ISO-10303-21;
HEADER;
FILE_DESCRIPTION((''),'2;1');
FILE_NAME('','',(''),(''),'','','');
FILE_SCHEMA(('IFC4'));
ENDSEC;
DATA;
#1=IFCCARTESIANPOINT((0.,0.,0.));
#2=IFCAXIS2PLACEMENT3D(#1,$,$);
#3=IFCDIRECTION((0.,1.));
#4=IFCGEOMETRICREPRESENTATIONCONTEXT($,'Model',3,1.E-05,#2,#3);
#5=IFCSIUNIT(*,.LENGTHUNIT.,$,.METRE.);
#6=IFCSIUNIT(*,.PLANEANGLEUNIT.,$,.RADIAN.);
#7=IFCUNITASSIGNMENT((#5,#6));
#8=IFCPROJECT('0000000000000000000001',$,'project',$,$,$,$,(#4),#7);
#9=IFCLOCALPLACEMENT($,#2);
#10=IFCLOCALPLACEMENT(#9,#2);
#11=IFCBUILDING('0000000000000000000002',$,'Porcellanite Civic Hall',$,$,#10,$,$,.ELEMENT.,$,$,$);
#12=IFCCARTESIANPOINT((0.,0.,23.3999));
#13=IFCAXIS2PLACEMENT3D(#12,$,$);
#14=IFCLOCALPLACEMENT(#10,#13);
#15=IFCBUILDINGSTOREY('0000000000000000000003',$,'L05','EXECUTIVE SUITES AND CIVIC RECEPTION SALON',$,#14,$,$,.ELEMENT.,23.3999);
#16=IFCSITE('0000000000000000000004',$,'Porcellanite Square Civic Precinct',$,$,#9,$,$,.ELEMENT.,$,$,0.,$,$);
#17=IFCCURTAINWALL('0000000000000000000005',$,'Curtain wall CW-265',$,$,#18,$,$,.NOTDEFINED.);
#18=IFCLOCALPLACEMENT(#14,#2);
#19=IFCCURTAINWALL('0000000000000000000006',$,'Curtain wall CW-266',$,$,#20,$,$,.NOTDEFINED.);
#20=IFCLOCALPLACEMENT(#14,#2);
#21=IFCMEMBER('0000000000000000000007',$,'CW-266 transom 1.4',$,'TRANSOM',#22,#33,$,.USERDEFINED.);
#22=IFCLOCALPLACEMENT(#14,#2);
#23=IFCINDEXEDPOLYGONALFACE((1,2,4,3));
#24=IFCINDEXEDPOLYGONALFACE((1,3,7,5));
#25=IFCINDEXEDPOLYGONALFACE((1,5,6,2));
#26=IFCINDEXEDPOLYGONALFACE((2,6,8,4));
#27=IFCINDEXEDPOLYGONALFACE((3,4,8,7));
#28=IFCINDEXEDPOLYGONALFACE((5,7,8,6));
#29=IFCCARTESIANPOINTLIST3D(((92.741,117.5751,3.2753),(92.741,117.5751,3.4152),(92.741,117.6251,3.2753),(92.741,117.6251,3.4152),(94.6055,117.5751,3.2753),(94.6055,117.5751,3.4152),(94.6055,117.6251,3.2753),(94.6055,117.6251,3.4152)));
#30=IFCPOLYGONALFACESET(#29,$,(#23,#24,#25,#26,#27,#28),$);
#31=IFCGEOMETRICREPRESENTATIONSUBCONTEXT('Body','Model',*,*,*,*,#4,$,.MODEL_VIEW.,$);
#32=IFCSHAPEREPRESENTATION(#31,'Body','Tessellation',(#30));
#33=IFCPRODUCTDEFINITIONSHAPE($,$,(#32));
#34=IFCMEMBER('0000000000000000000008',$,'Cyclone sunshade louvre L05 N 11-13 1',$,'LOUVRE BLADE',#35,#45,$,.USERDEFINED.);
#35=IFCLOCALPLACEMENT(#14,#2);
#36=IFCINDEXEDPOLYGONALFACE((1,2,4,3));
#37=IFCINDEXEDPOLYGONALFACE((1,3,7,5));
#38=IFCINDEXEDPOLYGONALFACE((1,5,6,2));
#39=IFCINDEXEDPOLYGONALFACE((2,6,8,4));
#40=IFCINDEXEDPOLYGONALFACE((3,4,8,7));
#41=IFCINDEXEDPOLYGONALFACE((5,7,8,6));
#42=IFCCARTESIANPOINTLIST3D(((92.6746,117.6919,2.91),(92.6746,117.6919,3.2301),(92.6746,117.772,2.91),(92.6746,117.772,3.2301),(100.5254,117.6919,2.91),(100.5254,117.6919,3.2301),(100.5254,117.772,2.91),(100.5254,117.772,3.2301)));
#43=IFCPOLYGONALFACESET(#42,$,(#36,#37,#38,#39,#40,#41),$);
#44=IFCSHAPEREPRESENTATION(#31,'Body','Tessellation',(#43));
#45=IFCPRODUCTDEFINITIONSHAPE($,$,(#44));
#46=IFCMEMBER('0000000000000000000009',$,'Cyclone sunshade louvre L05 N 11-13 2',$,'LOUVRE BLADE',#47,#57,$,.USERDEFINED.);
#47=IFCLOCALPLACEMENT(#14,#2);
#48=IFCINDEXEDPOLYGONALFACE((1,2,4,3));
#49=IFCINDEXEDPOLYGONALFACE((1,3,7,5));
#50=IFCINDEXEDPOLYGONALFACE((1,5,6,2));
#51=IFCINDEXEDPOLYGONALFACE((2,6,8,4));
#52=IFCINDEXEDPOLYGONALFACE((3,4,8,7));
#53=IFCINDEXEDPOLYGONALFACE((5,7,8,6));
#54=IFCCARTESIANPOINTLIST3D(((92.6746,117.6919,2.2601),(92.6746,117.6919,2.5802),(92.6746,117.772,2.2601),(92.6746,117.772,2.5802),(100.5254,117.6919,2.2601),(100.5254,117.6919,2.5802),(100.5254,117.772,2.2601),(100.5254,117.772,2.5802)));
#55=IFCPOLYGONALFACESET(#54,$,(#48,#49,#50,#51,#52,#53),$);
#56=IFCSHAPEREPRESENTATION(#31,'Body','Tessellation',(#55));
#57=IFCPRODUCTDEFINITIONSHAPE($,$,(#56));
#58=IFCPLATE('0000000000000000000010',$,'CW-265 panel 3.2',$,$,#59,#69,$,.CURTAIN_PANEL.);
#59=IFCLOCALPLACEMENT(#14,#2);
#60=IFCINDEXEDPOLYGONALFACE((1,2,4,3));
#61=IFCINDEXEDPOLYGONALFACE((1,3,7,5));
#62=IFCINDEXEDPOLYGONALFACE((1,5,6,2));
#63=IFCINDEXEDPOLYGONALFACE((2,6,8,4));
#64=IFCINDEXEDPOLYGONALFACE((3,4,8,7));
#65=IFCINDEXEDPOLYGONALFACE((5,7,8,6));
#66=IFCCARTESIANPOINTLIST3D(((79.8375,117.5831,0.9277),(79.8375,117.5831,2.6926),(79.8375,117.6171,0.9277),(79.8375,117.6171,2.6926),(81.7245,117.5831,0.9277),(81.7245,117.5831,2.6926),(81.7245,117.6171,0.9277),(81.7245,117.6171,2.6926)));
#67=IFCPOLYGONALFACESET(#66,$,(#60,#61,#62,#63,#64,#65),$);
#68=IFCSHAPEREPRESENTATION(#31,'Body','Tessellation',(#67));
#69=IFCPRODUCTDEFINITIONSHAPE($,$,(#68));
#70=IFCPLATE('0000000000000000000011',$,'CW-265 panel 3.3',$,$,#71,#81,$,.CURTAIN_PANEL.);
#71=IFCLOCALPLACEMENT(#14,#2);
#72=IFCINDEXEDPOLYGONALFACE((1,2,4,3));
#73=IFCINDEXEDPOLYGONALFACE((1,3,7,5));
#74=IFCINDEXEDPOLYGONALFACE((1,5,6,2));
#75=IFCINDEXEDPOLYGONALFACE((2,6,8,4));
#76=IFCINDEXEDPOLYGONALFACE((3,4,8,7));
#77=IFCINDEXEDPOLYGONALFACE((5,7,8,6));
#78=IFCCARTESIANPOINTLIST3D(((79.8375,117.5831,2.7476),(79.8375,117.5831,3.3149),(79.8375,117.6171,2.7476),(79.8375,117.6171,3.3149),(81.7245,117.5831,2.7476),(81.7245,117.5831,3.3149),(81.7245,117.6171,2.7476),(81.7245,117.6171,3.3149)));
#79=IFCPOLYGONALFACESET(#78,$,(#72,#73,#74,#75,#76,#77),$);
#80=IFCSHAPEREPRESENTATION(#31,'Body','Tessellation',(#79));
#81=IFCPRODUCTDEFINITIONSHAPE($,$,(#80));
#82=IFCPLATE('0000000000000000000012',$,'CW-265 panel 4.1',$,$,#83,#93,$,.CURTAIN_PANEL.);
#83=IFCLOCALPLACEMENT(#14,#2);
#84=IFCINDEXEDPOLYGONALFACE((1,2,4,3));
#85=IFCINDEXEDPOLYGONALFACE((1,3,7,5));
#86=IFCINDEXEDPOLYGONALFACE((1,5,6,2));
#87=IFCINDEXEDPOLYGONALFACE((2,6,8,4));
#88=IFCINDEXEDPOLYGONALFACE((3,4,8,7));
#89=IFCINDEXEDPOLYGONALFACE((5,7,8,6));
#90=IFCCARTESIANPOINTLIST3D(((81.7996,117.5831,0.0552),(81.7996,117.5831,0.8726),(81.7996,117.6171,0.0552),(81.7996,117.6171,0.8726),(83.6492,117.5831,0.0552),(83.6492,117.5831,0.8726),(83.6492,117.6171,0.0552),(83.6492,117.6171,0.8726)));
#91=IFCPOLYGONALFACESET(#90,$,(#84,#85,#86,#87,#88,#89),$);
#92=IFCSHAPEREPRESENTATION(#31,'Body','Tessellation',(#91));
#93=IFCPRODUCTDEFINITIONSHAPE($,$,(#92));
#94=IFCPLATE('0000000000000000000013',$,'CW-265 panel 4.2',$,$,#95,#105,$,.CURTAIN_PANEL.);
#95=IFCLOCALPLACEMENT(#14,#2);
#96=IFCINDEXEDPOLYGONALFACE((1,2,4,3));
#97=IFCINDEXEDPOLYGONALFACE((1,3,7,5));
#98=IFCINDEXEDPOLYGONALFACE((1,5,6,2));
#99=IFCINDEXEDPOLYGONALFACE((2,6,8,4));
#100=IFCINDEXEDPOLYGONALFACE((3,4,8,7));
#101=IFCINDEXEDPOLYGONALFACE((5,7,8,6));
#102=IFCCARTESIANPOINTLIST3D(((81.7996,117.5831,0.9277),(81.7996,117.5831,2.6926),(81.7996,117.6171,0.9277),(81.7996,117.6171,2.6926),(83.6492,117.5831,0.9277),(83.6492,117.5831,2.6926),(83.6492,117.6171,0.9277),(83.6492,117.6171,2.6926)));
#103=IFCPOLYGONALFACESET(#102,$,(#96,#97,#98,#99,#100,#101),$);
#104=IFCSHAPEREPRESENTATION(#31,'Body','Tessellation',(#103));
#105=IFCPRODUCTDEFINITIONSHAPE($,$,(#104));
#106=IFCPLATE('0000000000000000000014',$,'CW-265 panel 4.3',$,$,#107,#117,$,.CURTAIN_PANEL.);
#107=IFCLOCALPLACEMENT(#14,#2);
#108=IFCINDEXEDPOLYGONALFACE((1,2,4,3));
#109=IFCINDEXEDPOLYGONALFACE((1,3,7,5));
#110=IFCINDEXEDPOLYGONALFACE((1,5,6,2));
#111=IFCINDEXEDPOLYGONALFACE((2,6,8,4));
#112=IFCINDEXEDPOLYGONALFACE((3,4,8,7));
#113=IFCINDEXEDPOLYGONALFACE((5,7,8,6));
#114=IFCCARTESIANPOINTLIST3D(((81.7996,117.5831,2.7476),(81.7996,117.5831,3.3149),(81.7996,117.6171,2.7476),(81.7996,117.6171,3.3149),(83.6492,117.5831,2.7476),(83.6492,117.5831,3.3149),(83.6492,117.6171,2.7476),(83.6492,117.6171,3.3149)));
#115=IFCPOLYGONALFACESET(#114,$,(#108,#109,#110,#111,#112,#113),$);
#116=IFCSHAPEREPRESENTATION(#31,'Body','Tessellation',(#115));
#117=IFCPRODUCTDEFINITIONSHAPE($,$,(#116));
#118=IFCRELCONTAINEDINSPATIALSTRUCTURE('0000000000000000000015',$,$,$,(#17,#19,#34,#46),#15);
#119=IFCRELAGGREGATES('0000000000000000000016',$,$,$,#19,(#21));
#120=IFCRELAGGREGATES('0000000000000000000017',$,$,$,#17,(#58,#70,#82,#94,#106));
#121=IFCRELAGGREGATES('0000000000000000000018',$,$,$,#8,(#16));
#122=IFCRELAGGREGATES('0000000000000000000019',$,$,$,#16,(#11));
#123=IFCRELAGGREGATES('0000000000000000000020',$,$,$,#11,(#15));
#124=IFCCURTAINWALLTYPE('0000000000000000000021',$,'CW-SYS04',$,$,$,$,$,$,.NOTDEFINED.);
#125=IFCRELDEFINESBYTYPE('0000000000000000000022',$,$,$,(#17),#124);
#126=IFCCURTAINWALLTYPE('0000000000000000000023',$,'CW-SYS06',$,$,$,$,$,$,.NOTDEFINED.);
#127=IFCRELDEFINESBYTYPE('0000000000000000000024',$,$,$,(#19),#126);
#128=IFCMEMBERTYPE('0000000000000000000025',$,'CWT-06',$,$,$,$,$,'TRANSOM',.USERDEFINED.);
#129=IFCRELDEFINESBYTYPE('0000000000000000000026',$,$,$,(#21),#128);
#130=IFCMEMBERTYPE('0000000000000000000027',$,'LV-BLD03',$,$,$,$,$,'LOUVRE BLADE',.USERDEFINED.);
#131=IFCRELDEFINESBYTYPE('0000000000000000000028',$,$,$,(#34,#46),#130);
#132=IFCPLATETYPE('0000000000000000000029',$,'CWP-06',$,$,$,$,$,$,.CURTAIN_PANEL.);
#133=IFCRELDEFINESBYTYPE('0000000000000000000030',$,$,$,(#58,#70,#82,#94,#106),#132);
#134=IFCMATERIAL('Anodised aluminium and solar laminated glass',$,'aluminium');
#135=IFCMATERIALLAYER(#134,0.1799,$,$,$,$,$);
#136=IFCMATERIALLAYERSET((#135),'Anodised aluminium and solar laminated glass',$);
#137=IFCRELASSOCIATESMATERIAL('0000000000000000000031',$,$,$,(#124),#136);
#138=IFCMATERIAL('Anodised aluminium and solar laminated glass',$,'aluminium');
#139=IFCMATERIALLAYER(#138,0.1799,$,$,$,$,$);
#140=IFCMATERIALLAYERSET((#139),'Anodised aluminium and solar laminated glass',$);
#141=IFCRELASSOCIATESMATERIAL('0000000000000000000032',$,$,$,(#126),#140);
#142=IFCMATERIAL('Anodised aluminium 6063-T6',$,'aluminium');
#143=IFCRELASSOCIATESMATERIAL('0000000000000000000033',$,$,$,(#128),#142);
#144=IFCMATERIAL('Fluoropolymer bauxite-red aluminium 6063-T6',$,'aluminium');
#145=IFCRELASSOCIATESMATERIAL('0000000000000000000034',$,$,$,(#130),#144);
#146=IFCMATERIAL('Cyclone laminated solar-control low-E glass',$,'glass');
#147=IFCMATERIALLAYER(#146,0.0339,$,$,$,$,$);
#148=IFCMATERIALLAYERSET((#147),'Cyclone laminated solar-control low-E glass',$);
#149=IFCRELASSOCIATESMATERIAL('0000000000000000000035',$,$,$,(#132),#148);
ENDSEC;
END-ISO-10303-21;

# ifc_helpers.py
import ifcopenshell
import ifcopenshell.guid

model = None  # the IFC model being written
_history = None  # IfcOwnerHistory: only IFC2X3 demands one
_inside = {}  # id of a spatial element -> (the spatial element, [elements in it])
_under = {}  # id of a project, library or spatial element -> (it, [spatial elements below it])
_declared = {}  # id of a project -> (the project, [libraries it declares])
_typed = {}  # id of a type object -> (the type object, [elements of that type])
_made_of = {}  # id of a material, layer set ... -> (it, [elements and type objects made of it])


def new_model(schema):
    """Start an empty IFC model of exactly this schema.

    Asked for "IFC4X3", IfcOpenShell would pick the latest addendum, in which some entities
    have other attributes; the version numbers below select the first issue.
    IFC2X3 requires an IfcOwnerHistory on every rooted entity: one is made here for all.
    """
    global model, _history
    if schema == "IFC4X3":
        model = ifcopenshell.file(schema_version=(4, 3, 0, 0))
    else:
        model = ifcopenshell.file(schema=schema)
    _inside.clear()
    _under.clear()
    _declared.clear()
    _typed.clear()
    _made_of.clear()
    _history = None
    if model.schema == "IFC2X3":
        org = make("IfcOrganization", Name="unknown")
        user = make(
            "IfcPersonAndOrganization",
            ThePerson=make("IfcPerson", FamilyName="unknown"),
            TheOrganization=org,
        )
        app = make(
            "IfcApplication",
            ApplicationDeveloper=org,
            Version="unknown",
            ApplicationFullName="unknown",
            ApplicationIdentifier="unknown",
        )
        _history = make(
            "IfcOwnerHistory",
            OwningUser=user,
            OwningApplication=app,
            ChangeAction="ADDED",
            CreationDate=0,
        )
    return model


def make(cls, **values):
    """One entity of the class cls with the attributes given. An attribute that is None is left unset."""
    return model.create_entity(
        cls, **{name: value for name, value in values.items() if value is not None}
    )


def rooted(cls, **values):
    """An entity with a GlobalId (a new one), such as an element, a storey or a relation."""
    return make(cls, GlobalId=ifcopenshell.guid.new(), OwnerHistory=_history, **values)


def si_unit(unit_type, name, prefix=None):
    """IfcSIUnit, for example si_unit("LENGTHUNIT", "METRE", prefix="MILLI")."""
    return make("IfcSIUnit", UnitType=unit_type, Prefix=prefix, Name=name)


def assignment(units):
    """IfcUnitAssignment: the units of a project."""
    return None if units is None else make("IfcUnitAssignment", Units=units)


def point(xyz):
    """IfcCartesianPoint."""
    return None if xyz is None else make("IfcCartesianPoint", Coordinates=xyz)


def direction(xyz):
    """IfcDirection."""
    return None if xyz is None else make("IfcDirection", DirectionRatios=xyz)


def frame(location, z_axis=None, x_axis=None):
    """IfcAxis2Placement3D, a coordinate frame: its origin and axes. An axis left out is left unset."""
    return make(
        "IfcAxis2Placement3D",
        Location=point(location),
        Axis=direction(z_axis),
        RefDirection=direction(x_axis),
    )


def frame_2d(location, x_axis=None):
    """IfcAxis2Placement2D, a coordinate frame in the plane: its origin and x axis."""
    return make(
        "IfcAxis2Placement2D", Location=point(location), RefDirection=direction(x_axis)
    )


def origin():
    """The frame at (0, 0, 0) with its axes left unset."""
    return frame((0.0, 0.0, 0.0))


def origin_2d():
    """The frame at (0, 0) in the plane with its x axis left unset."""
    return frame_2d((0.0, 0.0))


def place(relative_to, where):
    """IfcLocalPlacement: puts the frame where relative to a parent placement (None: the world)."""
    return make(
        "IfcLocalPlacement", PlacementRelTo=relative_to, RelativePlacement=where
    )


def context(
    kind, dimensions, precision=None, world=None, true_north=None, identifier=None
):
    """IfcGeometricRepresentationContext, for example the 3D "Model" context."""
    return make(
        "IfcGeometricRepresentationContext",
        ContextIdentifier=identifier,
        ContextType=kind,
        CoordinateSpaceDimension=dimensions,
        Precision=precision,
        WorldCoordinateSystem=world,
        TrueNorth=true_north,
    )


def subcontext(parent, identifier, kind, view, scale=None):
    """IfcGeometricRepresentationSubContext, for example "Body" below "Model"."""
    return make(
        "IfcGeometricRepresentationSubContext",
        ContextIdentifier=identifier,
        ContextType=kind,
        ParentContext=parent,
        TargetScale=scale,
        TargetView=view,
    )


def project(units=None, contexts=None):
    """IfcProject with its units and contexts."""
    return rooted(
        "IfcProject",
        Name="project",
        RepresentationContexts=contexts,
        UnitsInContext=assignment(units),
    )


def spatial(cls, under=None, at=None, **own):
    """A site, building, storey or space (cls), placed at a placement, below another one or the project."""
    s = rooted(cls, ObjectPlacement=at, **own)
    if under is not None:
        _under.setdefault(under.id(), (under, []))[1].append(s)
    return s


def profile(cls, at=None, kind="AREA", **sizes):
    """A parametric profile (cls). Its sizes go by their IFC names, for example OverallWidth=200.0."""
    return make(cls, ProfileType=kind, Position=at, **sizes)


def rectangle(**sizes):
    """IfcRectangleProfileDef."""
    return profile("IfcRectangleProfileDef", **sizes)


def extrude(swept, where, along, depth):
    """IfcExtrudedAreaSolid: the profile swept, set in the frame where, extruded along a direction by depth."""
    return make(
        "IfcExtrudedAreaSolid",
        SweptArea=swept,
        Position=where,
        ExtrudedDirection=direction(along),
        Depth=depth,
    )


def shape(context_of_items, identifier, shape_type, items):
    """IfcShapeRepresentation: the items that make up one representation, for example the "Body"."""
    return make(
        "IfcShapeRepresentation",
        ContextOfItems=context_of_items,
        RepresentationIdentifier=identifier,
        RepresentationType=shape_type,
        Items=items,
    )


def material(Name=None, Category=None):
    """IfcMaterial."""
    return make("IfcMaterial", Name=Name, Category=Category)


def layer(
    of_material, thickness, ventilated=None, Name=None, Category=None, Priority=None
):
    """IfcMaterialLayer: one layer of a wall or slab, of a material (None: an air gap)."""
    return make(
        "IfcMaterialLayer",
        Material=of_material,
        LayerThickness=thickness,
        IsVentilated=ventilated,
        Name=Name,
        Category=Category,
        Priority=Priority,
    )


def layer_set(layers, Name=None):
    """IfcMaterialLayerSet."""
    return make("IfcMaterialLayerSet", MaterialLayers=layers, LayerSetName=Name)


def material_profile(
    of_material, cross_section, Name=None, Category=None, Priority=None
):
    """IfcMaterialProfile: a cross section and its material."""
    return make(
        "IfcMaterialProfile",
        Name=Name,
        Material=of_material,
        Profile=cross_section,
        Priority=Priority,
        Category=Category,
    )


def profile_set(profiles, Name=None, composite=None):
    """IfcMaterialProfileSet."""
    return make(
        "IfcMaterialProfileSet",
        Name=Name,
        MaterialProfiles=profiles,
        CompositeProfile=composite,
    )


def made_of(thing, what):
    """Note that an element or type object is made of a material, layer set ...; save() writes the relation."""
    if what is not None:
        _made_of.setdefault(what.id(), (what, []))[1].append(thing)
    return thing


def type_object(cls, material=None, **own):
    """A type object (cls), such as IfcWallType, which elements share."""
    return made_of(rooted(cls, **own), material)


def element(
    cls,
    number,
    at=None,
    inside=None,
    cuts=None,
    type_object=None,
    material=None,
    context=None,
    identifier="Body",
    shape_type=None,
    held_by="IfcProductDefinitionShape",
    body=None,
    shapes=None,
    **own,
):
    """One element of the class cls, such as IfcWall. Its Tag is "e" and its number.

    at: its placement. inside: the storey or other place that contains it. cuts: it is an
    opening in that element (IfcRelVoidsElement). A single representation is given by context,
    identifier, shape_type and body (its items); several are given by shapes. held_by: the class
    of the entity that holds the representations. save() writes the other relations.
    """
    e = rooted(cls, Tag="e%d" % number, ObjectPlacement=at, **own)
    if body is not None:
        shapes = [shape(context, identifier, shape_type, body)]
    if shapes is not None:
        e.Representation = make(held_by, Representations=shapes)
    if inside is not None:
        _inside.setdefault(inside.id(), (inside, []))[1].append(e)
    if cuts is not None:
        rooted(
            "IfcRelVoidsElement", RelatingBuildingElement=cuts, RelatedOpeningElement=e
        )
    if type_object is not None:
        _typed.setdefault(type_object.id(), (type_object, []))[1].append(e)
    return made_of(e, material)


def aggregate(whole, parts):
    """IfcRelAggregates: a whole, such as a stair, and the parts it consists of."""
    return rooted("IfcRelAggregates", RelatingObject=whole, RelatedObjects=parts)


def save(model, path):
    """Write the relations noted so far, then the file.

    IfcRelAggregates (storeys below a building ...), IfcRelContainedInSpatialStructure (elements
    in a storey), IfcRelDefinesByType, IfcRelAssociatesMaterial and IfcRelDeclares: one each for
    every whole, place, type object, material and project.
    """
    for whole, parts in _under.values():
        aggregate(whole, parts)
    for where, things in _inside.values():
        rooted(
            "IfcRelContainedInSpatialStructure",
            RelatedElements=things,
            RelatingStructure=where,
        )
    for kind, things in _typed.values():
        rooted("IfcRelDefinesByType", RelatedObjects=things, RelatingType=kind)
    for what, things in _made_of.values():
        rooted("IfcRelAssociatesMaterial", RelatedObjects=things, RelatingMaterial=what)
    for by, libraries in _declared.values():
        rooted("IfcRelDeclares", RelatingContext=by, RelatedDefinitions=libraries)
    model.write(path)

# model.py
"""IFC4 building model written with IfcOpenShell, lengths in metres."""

from ifc_helpers import new_model, si_unit, direction, frame, origin, origin_2d, place, context, subcontext, project, spatial, rectangle, extrude, material, layer, layer_set, material_profile, profile_set, type_object, element, aggregate, save


model = new_model("IFC4")

# Units and contexts
model_context = context("Model", 3, precision=1e-05, world=origin(), true_north=direction((0.0, 1.0)))
body_context = subcontext(model_context, "Body", "Model", "MODEL_VIEW")
ifc_project = project(units=[si_unit("LENGTHUNIT", "METRE"), si_unit("PLANEANGLEUNIT", "RADIAN")], contexts=[model_context])

# Site, building, storey
site_placement = place(None, origin())
site = spatial("IfcSite", under=ifc_project, at=site_placement, Name="Porcellanite Square Civic Precinct", CompositionType="ELEMENT", RefElevation=0.0)
building_placement = place(site_placement, origin())
building = spatial("IfcBuilding", under=site, at=building_placement, Name="Porcellanite Civic Hall", CompositionType="ELEMENT")
storey_placement = place(building_placement, frame((0.0, 0.0, 23.3999)))
storey = spatial("IfcBuildingStorey", under=building, at=storey_placement, Name="L05", Description="EXECUTIVE SUITES AND CIVIC RECEPTION SALON", CompositionType="ELEMENT", Elevation=23.3999)

# Curtain wall
ifc_material_1 = material(Name="Anodised aluminium and solar laminated glass", Category="aluminium")
ifc_layer_1 = layer(ifc_material_1, 0.1799)
ifc_layer_set_1 = layer_set([ifc_layer_1], Name="Anodised aluminium and solar laminated glass")
curtain_wall_type_1 = type_object("IfcCurtainWallType", Name="CW-SYS04", PredefinedType="NOTDEFINED", material=ifc_layer_set_1)
curtain_wall_1_placement = place(storey_placement, origin())
curtain_wall_1 = element("IfcCurtainWall", 1, at=curtain_wall_1_placement, inside=storey, type_object=curtain_wall_type_1, Name="Curtain wall CW-265", PredefinedType="NOTDEFINED")

# Curtain wall
ifc_material_2 = material(Name="Anodised aluminium and solar laminated glass", Category="aluminium")
ifc_layer_2 = layer(ifc_material_2, 0.1799)
ifc_layer_set_2 = layer_set([ifc_layer_2], Name="Anodised aluminium and solar laminated glass")
curtain_wall_type_2 = type_object("IfcCurtainWallType", Name="CW-SYS06", PredefinedType="NOTDEFINED", material=ifc_layer_set_2)
curtain_wall_2_placement = place(storey_placement, origin())
curtain_wall_2 = element("IfcCurtainWall", 2, at=curtain_wall_2_placement, inside=storey, type_object=curtain_wall_type_2, Name="Curtain wall CW-266", PredefinedType="NOTDEFINED")

# Member
ifc_material_3 = material(Name="Anodised aluminium 6063-T6", Category="aluminium")
ifc_material_profile_1 = material_profile(ifc_material_3, rectangle(XDim=0.05, YDim=0.1399, at=origin_2d()), Name="AL-50x140")
ifc_profile_set_1 = profile_set([ifc_material_profile_1], Name="Anodised aluminium 6063-T6")
member_type_1 = type_object("IfcMemberType", Name="CWT-06", ElementType="TRANSOM", PredefinedType="USERDEFINED", material=ifc_profile_set_1)
member_1_placement = place(storey_placement, frame((92.741, 117.6001, 3.3452), z_axis=(1.0, 0.0, 0.0), x_axis=(0.0, 1.0, 0.0)))
member_1 = element("IfcMember", 3, at=member_1_placement, type_object=member_type_1, Name="CW-266 transom 1.4", ObjectType="TRANSOM", PredefinedType="USERDEFINED", context=body_context, shape_type="SweptSolid", body=[
    extrude(rectangle(XDim=0.05, YDim=0.1399, at=origin_2d()), origin(), (0.0, 0.0, 1.0), 1.8645),
])
aggregate(curtain_wall_2, [member_1])

# Members
ifc_material_4 = material(Name="Fluoropolymer bauxite-red aluminium 6063-T6", Category="aluminium")
ifc_material_profile_2 = material_profile(ifc_material_4, rectangle(XDim=0.0801, YDim=0.3201, at=origin_2d()), Name="AL-80x320")
ifc_profile_set_2 = profile_set([ifc_material_profile_2], Name="Fluoropolymer bauxite-red aluminium 6063-T6")
member_type_2 = type_object("IfcMemberType", Name="LV-BLD03", ElementType="LOUVRE BLADE", PredefinedType="USERDEFINED", material=ifc_profile_set_2)
for number, where, z_axis, x_axis, name in (
    (4, (92.6746, 117.7319, 3.0701), (1.0, 0.0, 0.0), (0.0, 1.0, 0.0), "Cyclone sunshade louvre L05 N 11-13 1"),
    (5, (92.6746, 117.7319, 2.4202), (1.0, 0.0, 0.0), (0.0, 1.0, 0.0), "Cyclone sunshade louvre L05 N 11-13 2"),
):
    element("IfcMember", number, at=place(storey_placement, frame(where, z_axis=z_axis, x_axis=x_axis)), inside=storey, type_object=member_type_2, Name=name, ObjectType="LOUVRE BLADE", PredefinedType="USERDEFINED", context=body_context, shape_type="SweptSolid", body=[
        extrude(rectangle(XDim=0.0801, YDim=0.3201, at=origin_2d()), origin(), (0.0, 0.0, 1.0), 7.8508),
    ])

# Plates
ifc_material_5 = material(Name="Cyclone laminated solar-control low-E glass", Category="glass")
ifc_layer_3 = layer(ifc_material_5, 0.0339)
ifc_layer_set_3 = layer_set([ifc_layer_3], Name="Cyclone laminated solar-control low-E glass")
plate_type = type_object("IfcPlateType", Name="CWP-06", PredefinedType="CURTAIN_PANEL", material=ifc_layer_set_3)
plate_1_placement = place(storey_placement, frame((80.781, 117.6001, 0.9277), z_axis=(0.0, 0.0, 1.0), x_axis=(1.0, 0.0, 0.0)))
plate_1 = element("IfcPlate", 6, at=plate_1_placement, type_object=plate_type, Name="CW-265 panel 3.2", PredefinedType="CURTAIN_PANEL", context=body_context, shape_type="SweptSolid", body=[
    extrude(rectangle(XDim=1.887, YDim=0.0339, at=origin_2d()), origin(), (0.0, 0.0, 1.0), 1.7649),
])
plate_2_placement = place(storey_placement, frame((80.781, 117.6001, 2.7476), z_axis=(0.0, 0.0, 1.0), x_axis=(1.0, 0.0, 0.0)))
plate_2 = element("IfcPlate", 7, at=plate_2_placement, type_object=plate_type, Name="CW-265 panel 3.3", PredefinedType="CURTAIN_PANEL", context=body_context, shape_type="SweptSolid", body=[
    extrude(rectangle(XDim=1.887, YDim=0.0339, at=origin_2d()), origin(), (0.0, 0.0, 1.0), 0.5674),
])
plate_3_placement = place(storey_placement, frame((82.7244, 117.6001, 0.0552), z_axis=(0.0, 0.0, 1.0), x_axis=(1.0, 0.0, 0.0)))
plate_3 = element("IfcPlate", 8, at=plate_3_placement, type_object=plate_type, Name="CW-265 panel 4.1", PredefinedType="CURTAIN_PANEL", context=body_context, shape_type="SweptSolid", body=[
    extrude(rectangle(XDim=1.8496, YDim=0.0339, at=origin_2d()), origin(), (0.0, 0.0, 1.0), 0.8174),
])
plate_4_placement = place(storey_placement, frame((82.7244, 117.6001, 0.9277), z_axis=(0.0, 0.0, 1.0), x_axis=(1.0, 0.0, 0.0)))
plate_4 = element("IfcPlate", 9, at=plate_4_placement, type_object=plate_type, Name="CW-265 panel 4.2", PredefinedType="CURTAIN_PANEL", context=body_context, shape_type="SweptSolid", body=[
    extrude(rectangle(XDim=1.8496, YDim=0.0339, at=origin_2d()), origin(), (0.0, 0.0, 1.0), 1.7649),
])
plate_5_placement = place(storey_placement, frame((82.7244, 117.6001, 2.7476), z_axis=(0.0, 0.0, 1.0), x_axis=(1.0, 0.0, 0.0)))
plate_5 = element("IfcPlate", 10, at=plate_5_placement, type_object=plate_type, Name="CW-265 panel 4.3", PredefinedType="CURTAIN_PANEL", context=body_context, shape_type="SweptSolid", body=[
    extrude(rectangle(XDim=1.8496, YDim=0.0339, at=origin_2d()), origin(), (0.0, 0.0, 1.0), 0.5674),
])
aggregate(curtain_wall_1, [plate_1, plate_2, plate_3, plate_4, plate_5])

save(model, "model.ifc")
